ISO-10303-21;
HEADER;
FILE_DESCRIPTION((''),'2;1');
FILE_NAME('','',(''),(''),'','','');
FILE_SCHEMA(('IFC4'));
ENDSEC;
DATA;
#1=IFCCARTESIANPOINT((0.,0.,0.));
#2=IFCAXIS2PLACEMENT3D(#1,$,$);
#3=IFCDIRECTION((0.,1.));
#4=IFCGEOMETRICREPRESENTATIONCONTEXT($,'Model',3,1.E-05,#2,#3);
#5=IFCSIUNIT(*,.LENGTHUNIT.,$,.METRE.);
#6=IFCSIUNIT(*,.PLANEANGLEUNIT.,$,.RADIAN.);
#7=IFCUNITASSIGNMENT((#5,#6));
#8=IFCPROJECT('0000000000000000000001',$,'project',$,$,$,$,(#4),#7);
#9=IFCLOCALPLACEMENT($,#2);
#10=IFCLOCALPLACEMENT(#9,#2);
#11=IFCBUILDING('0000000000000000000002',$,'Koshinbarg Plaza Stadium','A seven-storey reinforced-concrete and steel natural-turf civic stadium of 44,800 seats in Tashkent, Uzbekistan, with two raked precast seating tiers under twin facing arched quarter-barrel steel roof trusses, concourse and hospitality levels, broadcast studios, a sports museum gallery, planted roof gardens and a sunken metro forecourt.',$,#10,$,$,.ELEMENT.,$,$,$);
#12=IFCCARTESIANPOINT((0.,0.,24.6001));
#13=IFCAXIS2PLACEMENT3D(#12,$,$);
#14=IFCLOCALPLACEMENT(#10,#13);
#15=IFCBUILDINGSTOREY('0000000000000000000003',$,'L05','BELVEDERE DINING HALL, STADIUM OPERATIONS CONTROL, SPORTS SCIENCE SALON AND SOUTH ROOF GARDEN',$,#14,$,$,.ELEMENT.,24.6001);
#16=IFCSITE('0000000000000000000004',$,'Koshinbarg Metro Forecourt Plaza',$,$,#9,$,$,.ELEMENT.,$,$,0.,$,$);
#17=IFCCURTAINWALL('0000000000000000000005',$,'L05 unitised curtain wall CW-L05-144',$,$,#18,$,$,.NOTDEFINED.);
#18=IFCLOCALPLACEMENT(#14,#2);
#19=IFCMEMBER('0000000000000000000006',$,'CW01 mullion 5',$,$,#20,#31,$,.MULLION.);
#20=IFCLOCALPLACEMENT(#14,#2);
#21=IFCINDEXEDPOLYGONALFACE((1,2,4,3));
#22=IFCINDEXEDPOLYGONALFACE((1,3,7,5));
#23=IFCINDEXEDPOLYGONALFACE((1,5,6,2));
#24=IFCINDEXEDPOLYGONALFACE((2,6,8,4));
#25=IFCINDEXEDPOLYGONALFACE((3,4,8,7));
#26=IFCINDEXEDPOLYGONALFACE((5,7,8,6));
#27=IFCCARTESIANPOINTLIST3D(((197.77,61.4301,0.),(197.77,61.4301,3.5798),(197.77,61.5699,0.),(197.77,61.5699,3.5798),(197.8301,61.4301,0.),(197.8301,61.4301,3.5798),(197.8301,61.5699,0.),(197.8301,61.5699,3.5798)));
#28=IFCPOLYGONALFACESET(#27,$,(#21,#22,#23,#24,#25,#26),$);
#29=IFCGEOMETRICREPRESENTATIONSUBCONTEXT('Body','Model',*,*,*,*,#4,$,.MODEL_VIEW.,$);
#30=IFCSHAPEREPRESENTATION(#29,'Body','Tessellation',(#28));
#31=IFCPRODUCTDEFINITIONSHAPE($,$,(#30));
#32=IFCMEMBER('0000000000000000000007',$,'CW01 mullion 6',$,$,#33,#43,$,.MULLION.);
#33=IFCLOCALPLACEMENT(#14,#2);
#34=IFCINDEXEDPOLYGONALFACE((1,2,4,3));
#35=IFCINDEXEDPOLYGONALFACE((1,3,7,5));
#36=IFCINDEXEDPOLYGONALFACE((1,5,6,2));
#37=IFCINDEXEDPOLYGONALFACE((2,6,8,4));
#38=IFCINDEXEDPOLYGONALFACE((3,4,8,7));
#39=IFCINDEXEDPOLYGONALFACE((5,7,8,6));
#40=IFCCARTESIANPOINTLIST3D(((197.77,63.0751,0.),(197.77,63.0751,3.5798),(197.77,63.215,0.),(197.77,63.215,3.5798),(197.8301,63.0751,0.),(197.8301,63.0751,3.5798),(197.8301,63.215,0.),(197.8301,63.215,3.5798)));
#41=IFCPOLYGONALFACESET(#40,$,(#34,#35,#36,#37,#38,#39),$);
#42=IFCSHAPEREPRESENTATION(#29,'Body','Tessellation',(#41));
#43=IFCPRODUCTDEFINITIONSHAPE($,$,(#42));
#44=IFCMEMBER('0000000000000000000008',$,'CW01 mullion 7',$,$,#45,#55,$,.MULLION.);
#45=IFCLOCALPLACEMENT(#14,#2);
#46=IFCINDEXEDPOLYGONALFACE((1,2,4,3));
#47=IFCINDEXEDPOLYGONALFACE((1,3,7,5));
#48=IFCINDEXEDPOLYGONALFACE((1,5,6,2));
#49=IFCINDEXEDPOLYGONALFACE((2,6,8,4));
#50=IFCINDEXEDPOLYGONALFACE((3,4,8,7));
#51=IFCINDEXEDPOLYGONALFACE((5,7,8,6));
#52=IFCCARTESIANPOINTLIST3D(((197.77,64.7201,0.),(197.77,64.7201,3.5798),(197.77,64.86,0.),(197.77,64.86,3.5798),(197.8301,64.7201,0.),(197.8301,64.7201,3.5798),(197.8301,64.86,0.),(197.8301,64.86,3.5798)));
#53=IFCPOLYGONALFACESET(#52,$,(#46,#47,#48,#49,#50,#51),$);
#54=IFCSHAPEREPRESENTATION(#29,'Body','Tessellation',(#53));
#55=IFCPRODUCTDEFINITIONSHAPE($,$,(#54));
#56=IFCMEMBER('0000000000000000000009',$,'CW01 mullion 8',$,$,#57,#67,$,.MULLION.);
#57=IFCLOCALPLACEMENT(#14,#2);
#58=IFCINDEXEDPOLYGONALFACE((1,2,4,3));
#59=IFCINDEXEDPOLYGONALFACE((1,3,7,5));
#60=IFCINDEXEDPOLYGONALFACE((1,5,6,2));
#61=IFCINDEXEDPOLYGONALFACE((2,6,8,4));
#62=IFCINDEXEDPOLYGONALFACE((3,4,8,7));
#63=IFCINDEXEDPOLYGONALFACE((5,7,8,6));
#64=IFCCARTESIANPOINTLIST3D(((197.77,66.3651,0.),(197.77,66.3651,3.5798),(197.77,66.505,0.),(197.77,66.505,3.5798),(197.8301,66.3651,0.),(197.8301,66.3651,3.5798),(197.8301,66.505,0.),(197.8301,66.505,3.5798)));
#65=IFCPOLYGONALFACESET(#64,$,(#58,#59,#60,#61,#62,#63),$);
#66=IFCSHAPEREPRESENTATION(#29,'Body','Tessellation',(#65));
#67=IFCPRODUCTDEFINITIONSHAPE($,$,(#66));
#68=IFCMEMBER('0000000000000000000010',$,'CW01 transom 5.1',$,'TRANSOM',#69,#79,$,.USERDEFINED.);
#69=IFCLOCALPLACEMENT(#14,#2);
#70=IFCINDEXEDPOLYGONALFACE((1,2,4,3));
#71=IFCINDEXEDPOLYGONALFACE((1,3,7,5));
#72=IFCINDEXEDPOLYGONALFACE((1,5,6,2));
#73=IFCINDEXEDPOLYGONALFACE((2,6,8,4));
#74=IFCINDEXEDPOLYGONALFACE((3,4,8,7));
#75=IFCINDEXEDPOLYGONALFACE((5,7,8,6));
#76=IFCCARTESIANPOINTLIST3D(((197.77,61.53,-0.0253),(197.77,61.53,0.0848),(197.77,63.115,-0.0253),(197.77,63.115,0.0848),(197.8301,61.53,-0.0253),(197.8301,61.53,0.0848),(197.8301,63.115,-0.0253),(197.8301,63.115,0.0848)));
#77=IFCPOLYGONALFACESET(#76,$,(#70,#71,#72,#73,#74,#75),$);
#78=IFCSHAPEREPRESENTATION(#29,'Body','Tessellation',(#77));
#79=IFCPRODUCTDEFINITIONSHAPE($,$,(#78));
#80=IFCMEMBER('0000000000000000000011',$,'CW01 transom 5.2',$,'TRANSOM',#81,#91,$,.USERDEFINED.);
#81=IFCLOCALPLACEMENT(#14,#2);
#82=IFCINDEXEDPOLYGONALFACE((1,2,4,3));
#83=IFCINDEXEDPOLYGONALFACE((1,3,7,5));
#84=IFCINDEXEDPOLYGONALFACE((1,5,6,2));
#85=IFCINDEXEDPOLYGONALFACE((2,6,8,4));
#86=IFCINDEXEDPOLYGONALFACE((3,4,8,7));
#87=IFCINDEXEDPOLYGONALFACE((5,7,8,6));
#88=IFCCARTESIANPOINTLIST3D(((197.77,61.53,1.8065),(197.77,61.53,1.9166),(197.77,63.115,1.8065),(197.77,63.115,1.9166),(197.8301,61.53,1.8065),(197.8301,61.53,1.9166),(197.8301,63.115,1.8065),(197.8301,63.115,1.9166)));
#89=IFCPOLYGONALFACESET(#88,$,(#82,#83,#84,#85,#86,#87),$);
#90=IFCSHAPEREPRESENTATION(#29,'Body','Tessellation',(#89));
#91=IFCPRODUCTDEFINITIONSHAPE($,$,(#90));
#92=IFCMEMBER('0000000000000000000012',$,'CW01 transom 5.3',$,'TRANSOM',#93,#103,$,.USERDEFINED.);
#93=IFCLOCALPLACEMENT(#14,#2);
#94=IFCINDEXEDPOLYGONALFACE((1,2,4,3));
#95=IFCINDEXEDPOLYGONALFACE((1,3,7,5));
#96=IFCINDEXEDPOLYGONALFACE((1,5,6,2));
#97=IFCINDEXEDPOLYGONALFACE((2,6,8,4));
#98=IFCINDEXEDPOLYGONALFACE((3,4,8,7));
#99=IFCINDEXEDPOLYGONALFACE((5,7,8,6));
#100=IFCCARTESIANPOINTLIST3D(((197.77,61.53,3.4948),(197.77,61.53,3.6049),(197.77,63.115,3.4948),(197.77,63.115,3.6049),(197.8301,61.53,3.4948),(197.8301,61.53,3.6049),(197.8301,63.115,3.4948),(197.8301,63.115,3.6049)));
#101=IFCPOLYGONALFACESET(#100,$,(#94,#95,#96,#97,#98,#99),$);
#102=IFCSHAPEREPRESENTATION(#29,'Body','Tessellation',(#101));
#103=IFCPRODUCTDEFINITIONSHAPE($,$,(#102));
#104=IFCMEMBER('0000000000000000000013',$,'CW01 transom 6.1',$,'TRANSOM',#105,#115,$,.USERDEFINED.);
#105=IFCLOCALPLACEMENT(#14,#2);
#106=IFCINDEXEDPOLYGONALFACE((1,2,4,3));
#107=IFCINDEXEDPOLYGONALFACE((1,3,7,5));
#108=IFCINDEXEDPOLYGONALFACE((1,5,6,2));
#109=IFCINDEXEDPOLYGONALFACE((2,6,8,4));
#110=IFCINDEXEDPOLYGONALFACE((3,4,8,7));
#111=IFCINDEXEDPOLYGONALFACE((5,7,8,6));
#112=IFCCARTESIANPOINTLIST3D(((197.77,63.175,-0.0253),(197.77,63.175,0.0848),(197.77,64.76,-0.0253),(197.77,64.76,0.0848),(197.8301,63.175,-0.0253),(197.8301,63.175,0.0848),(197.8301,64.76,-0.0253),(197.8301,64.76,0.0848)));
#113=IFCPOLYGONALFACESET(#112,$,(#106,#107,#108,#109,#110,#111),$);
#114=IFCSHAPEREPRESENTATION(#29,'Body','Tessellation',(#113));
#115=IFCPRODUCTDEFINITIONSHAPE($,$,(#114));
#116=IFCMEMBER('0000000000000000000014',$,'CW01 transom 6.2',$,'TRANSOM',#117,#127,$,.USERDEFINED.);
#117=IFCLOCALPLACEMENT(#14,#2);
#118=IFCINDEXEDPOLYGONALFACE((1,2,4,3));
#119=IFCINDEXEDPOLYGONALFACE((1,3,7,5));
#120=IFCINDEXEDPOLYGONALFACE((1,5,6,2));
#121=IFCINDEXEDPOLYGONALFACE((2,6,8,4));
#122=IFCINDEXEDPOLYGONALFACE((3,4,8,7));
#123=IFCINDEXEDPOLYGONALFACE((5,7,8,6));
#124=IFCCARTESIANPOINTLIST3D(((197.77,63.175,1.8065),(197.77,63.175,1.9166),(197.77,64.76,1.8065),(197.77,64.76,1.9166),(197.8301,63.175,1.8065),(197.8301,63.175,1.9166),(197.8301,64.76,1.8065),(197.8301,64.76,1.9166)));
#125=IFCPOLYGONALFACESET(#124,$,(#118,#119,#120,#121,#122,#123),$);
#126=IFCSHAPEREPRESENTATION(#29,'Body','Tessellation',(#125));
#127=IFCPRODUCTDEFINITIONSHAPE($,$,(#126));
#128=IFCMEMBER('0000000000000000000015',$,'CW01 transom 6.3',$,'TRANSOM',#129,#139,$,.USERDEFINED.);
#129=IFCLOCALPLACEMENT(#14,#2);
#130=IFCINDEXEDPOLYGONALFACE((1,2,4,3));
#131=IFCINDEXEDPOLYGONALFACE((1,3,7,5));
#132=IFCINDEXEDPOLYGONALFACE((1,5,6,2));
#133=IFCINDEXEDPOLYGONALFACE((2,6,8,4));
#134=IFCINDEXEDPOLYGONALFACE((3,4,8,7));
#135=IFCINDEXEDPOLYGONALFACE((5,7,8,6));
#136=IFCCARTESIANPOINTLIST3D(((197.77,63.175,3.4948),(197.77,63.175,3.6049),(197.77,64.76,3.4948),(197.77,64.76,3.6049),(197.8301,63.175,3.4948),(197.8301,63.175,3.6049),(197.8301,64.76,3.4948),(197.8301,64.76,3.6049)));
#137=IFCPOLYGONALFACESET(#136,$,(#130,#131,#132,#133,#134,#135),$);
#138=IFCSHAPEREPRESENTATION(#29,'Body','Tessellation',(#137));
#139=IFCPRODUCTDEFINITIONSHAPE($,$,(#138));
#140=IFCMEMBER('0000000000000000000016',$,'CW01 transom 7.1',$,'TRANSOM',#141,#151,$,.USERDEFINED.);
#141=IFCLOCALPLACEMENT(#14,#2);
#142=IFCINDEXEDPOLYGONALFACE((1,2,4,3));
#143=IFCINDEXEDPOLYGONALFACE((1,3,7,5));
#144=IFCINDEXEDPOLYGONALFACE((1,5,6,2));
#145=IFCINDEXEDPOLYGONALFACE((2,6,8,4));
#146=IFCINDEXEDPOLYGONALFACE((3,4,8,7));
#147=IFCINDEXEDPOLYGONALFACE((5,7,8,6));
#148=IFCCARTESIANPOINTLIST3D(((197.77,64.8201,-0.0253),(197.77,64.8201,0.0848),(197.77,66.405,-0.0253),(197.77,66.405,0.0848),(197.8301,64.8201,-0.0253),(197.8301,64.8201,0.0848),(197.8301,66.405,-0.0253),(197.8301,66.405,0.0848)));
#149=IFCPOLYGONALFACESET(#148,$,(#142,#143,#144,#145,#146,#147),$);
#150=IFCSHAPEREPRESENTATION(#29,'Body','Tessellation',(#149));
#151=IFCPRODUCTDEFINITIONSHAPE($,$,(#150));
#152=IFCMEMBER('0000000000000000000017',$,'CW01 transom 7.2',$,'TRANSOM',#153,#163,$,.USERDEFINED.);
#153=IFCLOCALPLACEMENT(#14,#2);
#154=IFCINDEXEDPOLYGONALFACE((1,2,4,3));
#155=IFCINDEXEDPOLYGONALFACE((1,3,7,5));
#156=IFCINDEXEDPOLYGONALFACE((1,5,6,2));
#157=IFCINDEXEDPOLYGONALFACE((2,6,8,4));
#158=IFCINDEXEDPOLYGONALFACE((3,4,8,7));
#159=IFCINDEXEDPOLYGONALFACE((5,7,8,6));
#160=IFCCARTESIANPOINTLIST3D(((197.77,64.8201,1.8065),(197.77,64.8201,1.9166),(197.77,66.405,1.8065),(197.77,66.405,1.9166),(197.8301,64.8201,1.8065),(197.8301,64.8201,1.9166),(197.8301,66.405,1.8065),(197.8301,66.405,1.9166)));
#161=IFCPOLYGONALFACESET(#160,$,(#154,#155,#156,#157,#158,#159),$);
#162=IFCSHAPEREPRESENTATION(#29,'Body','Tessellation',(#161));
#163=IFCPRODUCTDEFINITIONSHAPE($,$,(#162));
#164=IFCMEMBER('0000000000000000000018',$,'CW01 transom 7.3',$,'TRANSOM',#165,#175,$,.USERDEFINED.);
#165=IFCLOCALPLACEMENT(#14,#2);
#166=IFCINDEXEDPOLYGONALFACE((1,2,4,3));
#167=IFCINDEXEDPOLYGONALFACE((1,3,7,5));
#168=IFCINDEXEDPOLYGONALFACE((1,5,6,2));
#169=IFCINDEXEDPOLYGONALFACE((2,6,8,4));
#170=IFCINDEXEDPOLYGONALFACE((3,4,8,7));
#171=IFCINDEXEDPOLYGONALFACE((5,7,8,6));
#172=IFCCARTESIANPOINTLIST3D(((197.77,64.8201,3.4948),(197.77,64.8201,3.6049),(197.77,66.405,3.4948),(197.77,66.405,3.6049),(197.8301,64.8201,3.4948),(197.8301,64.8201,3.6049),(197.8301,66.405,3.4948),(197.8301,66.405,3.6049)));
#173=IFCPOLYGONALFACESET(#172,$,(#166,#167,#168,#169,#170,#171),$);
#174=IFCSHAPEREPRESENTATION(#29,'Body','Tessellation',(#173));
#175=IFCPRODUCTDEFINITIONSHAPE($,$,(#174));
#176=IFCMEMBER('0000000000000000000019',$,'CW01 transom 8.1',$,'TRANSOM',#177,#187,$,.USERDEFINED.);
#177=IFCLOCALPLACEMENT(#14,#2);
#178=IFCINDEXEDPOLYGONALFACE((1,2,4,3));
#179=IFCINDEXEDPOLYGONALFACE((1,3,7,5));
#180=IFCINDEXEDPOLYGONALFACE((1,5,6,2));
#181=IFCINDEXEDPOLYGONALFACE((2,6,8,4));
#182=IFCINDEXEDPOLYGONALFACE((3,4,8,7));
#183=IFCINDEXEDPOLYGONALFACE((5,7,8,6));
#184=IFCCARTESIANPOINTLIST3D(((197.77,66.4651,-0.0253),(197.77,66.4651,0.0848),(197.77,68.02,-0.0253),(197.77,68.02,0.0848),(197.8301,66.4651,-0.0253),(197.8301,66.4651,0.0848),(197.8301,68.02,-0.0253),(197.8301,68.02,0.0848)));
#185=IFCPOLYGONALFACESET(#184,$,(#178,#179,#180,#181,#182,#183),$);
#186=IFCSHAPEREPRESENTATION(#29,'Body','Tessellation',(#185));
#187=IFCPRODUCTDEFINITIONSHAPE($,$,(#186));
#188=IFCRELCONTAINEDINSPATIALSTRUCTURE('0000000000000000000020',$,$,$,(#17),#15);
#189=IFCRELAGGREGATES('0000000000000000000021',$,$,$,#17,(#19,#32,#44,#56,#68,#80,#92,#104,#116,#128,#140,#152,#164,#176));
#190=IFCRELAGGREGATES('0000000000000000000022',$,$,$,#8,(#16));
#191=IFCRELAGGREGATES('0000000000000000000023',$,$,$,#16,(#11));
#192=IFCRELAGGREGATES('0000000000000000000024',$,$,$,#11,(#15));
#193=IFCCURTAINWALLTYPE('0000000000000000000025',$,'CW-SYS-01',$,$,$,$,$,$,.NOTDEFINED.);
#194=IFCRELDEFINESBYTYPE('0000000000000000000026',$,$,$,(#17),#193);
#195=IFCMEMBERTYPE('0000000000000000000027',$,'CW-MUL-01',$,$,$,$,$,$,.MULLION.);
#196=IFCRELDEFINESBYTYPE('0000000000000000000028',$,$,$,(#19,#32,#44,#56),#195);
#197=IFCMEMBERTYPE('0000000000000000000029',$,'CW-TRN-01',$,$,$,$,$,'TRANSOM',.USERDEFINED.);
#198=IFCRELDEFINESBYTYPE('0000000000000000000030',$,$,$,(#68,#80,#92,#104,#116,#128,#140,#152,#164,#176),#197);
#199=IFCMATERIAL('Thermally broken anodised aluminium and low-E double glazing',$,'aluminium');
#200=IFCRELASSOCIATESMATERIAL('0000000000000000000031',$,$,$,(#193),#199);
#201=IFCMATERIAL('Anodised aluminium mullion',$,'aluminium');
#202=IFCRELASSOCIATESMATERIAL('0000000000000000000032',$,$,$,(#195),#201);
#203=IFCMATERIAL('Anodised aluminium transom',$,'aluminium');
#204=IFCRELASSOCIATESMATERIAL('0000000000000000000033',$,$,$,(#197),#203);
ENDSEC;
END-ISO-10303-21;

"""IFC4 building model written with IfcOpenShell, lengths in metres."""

from ifc_helpers import new_model, si_unit, direction, frame, origin, origin_2d, place, context, subcontext, project, spatial, rectangle, extrude, material, material_profile, profile_set, type_object, element, aggregate, save


model = new_model("IFC4")

# Units and contexts
model_context = context("Model", 3, precision=1e-05, world=origin(), true_north=direction((0.0, 1.0)))
body_context = subcontext(model_context, "Body", "Model", "MODEL_VIEW")
ifc_project = project(units=[si_unit("LENGTHUNIT", "METRE"), si_unit("PLANEANGLEUNIT", "RADIAN")], contexts=[model_context])

# Site, building, storey
site_placement = place(None, origin())
site = spatial("IfcSite", under=ifc_project, at=site_placement, Name="Koshinbarg Metro Forecourt Plaza", CompositionType="ELEMENT", RefElevation=0.0)
building_placement = place(site_placement, origin())
building = spatial("IfcBuilding", under=site, at=building_placement, Name="Koshinbarg Plaza Stadium", Description="A seven-storey reinforced-concrete and steel natural-turf civic stadium of 44,800 seats in Tashkent, Uzbekistan, with two raked precast seating tiers under twin facing arched quarter-barrel steel roof trusses, concourse and hospitality levels, broadcast studios, a sports museum gallery, planted roof gardens and a sunken metro forecourt.", CompositionType="ELEMENT")
storey_placement = place(building_placement, frame((0.0, 0.0, 24.6001)))
storey = spatial("IfcBuildingStorey", under=building, at=storey_placement, Name="L05", Description="BELVEDERE DINING HALL, STADIUM OPERATIONS CONTROL, SPORTS SCIENCE SALON AND SOUTH ROOF GARDEN", CompositionType="ELEMENT", Elevation=24.6001)

# Curtain wall, members
ifc_material_1 = material(Name="Thermally broken anodised aluminium and low-E double glazing", Category="aluminium")
curtain_wall_type = type_object("IfcCurtainWallType", Name="CW-SYS-01", PredefinedType="NOTDEFINED", material=ifc_material_1)
curtain_wall_placement = place(storey_placement, origin())
curtain_wall = element("IfcCurtainWall", 1, at=curtain_wall_placement, inside=storey, type_object=curtain_wall_type, Name="L05 unitised curtain wall CW-L05-144", PredefinedType="NOTDEFINED")
ifc_material_2 = material(Name="Anodised aluminium mullion", Category="aluminium")
ifc_material_profile_1 = material_profile(ifc_material_2, rectangle(XDim=0.0601, YDim=0.1399, at=origin_2d()), Name="ALU 60x140")
ifc_profile_set_1 = profile_set([ifc_material_profile_1], Name="Anodised aluminium mullion")
member_type_1 = type_object("IfcMemberType", Name="CW-MUL-01", PredefinedType="MULLION", material=ifc_profile_set_1)
member_1_placement = place(storey_placement, frame((197.8, 61.5, 0.0), z_axis=(0.0, 0.0, 1.0), x_axis=(-1.0, 0.0, 0.0)))
member_1 = element("IfcMember", 2, at=member_1_placement, type_object=member_type_1, Name="CW01 mullion 5", PredefinedType="MULLION", context=body_context, shape_type="SweptSolid", body=[
    extrude(rectangle(XDim=0.0601, YDim=0.1399, at=origin_2d()), origin(), (0.0, 0.0, 1.0), 3.5798),
])
member_2_placement = place(storey_placement, frame((197.8, 63.145, 0.0), z_axis=(0.0, 0.0, 1.0), x_axis=(-1.0, 0.0, 0.0)))
member_2 = element("IfcMember", 3, at=member_2_placement, type_object=member_type_1, Name="CW01 mullion 6", PredefinedType="MULLION", context=body_context, shape_type="SweptSolid", body=[
    extrude(rectangle(XDim=0.0601, YDim=0.1399, at=origin_2d()), origin(), (0.0, 0.0, 1.0), 3.5798),
])
member_3_placement = place(storey_placement, frame((197.8, 64.79, 0.0), z_axis=(0.0, 0.0, 1.0), x_axis=(-1.0, 0.0, 0.0)))
member_3 = element("IfcMember", 4, at=member_3_placement, type_object=member_type_1, Name="CW01 mullion 7", PredefinedType="MULLION", context=body_context, shape_type="SweptSolid", body=[
    extrude(rectangle(XDim=0.0601, YDim=0.1399, at=origin_2d()), origin(), (0.0, 0.0, 1.0), 3.5798),
])
member_4_placement = place(storey_placement, frame((197.8, 66.4351, 0.0), z_axis=(0.0, 0.0, 1.0), x_axis=(-1.0, 0.0, 0.0)))
member_4 = element("IfcMember", 5, at=member_4_placement, type_object=member_type_1, Name="CW01 mullion 8", PredefinedType="MULLION", context=body_context, shape_type="SweptSolid", body=[
    extrude(rectangle(XDim=0.0601, YDim=0.1399, at=origin_2d()), origin(), (0.0, 0.0, 1.0), 3.5798),
])
ifc_material_3 = material(Name="Anodised aluminium transom", Category="aluminium")
ifc_material_profile_2 = material_profile(ifc_material_3, rectangle(XDim=0.0601, YDim=0.1101, at=origin_2d()), Name="ALU 60x110")
ifc_profile_set_2 = profile_set([ifc_material_profile_2], Name="Anodised aluminium transom")
member_type_2 = type_object("IfcMemberType", Name="CW-TRN-01", ElementType="TRANSOM", PredefinedType="USERDEFINED", material=ifc_profile_set_2)
member_5_placement = place(storey_placement, frame((197.8, 61.53, 0.0298), z_axis=(0.0, 1.0, 0.0), x_axis=(-1.0, 0.0, 0.0)))
member_5 = element("IfcMember", 6, at=member_5_placement, type_object=member_type_2, Name="CW01 transom 5.1", ObjectType="TRANSOM", PredefinedType="USERDEFINED", context=body_context, shape_type="SweptSolid", body=[
    extrude(rectangle(XDim=0.0601, YDim=0.1101, at=origin_2d()), origin(), (0.0, 0.0, 1.0), 1.585),
])
member_6_placement = place(storey_placement, frame((197.8, 61.53, 1.8616), z_axis=(0.0, 1.0, 0.0), x_axis=(-1.0, 0.0, 0.0)))
member_6 = element("IfcMember", 7, at=member_6_placement, type_object=member_type_2, Name="CW01 transom 5.2", ObjectType="TRANSOM", PredefinedType="USERDEFINED", context=body_context, shape_type="SweptSolid", body=[
    extrude(rectangle(XDim=0.0601, YDim=0.1101, at=origin_2d()), origin(), (0.0, 0.0, 1.0), 1.585),
])
member_7_placement = place(storey_placement, frame((197.8, 61.53, 3.5498), z_axis=(0.0, 1.0, 0.0), x_axis=(-1.0, 0.0, 0.0)))
member_7 = element("IfcMember", 8, at=member_7_placement, type_object=member_type_2, Name="CW01 transom 5.3", ObjectType="TRANSOM", PredefinedType="USERDEFINED", context=body_context, shape_type="SweptSolid", body=[
    extrude(rectangle(XDim=0.0601, YDim=0.1101, at=origin_2d()), origin(), (0.0, 0.0, 1.0), 1.585),
])
member_8_placement = place(storey_placement, frame((197.8, 63.175, 0.0298), z_axis=(0.0, 1.0, 0.0), x_axis=(-1.0, 0.0, 0.0)))
member_8 = element("IfcMember", 9, at=member_8_placement, type_object=member_type_2, Name="CW01 transom 6.1", ObjectType="TRANSOM", PredefinedType="USERDEFINED", context=body_context, shape_type="SweptSolid", body=[
    extrude(rectangle(XDim=0.0601, YDim=0.1101, at=origin_2d()), origin(), (0.0, 0.0, 1.0), 1.585),
])
member_9_placement = place(storey_placement, frame((197.8, 63.175, 1.8616), z_axis=(0.0, 1.0, 0.0), x_axis=(-1.0, 0.0, 0.0)))
member_9 = element("IfcMember", 10, at=member_9_placement, type_object=member_type_2, Name="CW01 transom 6.2", ObjectType="TRANSOM", PredefinedType="USERDEFINED", context=body_context, shape_type="SweptSolid", body=[
    extrude(rectangle(XDim=0.0601, YDim=0.1101, at=origin_2d()), origin(), (0.0, 0.0, 1.0), 1.585),
])
member_10_placement = place(storey_placement, frame((197.8, 63.175, 3.5498), z_axis=(0.0, 1.0, 0.0), x_axis=(-1.0, 0.0, 0.0)))
member_10 = element("IfcMember", 11, at=member_10_placement, type_object=member_type_2, Name="CW01 transom 6.3", ObjectType="TRANSOM", PredefinedType="USERDEFINED", context=body_context, shape_type="SweptSolid", body=[
    extrude(rectangle(XDim=0.0601, YDim=0.1101, at=origin_2d()), origin(), (0.0, 0.0, 1.0), 1.585),
])
member_11_placement = place(storey_placement, frame((197.8, 64.8201, 0.0298), z_axis=(0.0, 1.0, 0.0), x_axis=(-1.0, 0.0, 0.0)))
member_11 = element("IfcMember", 12, at=member_11_placement, type_object=member_type_2, Name="CW01 transom 7.1", ObjectType="TRANSOM", PredefinedType="USERDEFINED", context=body_context, shape_type="SweptSolid", body=[
    extrude(rectangle(XDim=0.0601, YDim=0.1101, at=origin_2d()), origin(), (0.0, 0.0, 1.0), 1.585),
])
member_12_placement = place(storey_placement, frame((197.8, 64.8201, 1.8616), z_axis=(0.0, 1.0, 0.0), x_axis=(-1.0, 0.0, 0.0)))
member_12 = element("IfcMember", 13, at=member_12_placement, type_object=member_type_2, Name="CW01 transom 7.2", ObjectType="TRANSOM", PredefinedType="USERDEFINED", context=body_context, shape_type="SweptSolid", body=[
    extrude(rectangle(XDim=0.0601, YDim=0.1101, at=origin_2d()), origin(), (0.0, 0.0, 1.0), 1.585),
])
member_13_placement = place(storey_placement, frame((197.8, 64.8201, 3.5498), z_axis=(0.0, 1.0, 0.0), x_axis=(-1.0, 0.0, 0.0)))
member_13 = element("IfcMember", 14, at=member_13_placement, type_object=member_type_2, Name="CW01 transom 7.3", ObjectType="TRANSOM", PredefinedType="USERDEFINED", context=body_context, shape_type="SweptSolid", body=[
    extrude(rectangle(XDim=0.0601, YDim=0.1101, at=origin_2d()), origin(), (0.0, 0.0, 1.0), 1.585),
])
member_14_placement = place(storey_placement, frame((197.8, 66.4651, 0.0298), z_axis=(0.0, 1.0, 0.0), x_axis=(-1.0, 0.0, 0.0)))
member_14 = element("IfcMember", 15, at=member_14_placement, type_object=member_type_2, Name="CW01 transom 8.1", ObjectType="TRANSOM", PredefinedType="USERDEFINED", context=body_context, shape_type="SweptSolid", body=[
    extrude(rectangle(XDim=0.0601, YDim=0.1101, at=origin_2d()), origin(), (0.0, 0.0, 1.0), 1.5549),
])
aggregate(curtain_wall, [member_1, member_2, member_3, member_4, member_5, member_6, member_7, member_8, member_9, member_10, member_11, member_12, member_13, member_14])

save(model, "model.ifc")
